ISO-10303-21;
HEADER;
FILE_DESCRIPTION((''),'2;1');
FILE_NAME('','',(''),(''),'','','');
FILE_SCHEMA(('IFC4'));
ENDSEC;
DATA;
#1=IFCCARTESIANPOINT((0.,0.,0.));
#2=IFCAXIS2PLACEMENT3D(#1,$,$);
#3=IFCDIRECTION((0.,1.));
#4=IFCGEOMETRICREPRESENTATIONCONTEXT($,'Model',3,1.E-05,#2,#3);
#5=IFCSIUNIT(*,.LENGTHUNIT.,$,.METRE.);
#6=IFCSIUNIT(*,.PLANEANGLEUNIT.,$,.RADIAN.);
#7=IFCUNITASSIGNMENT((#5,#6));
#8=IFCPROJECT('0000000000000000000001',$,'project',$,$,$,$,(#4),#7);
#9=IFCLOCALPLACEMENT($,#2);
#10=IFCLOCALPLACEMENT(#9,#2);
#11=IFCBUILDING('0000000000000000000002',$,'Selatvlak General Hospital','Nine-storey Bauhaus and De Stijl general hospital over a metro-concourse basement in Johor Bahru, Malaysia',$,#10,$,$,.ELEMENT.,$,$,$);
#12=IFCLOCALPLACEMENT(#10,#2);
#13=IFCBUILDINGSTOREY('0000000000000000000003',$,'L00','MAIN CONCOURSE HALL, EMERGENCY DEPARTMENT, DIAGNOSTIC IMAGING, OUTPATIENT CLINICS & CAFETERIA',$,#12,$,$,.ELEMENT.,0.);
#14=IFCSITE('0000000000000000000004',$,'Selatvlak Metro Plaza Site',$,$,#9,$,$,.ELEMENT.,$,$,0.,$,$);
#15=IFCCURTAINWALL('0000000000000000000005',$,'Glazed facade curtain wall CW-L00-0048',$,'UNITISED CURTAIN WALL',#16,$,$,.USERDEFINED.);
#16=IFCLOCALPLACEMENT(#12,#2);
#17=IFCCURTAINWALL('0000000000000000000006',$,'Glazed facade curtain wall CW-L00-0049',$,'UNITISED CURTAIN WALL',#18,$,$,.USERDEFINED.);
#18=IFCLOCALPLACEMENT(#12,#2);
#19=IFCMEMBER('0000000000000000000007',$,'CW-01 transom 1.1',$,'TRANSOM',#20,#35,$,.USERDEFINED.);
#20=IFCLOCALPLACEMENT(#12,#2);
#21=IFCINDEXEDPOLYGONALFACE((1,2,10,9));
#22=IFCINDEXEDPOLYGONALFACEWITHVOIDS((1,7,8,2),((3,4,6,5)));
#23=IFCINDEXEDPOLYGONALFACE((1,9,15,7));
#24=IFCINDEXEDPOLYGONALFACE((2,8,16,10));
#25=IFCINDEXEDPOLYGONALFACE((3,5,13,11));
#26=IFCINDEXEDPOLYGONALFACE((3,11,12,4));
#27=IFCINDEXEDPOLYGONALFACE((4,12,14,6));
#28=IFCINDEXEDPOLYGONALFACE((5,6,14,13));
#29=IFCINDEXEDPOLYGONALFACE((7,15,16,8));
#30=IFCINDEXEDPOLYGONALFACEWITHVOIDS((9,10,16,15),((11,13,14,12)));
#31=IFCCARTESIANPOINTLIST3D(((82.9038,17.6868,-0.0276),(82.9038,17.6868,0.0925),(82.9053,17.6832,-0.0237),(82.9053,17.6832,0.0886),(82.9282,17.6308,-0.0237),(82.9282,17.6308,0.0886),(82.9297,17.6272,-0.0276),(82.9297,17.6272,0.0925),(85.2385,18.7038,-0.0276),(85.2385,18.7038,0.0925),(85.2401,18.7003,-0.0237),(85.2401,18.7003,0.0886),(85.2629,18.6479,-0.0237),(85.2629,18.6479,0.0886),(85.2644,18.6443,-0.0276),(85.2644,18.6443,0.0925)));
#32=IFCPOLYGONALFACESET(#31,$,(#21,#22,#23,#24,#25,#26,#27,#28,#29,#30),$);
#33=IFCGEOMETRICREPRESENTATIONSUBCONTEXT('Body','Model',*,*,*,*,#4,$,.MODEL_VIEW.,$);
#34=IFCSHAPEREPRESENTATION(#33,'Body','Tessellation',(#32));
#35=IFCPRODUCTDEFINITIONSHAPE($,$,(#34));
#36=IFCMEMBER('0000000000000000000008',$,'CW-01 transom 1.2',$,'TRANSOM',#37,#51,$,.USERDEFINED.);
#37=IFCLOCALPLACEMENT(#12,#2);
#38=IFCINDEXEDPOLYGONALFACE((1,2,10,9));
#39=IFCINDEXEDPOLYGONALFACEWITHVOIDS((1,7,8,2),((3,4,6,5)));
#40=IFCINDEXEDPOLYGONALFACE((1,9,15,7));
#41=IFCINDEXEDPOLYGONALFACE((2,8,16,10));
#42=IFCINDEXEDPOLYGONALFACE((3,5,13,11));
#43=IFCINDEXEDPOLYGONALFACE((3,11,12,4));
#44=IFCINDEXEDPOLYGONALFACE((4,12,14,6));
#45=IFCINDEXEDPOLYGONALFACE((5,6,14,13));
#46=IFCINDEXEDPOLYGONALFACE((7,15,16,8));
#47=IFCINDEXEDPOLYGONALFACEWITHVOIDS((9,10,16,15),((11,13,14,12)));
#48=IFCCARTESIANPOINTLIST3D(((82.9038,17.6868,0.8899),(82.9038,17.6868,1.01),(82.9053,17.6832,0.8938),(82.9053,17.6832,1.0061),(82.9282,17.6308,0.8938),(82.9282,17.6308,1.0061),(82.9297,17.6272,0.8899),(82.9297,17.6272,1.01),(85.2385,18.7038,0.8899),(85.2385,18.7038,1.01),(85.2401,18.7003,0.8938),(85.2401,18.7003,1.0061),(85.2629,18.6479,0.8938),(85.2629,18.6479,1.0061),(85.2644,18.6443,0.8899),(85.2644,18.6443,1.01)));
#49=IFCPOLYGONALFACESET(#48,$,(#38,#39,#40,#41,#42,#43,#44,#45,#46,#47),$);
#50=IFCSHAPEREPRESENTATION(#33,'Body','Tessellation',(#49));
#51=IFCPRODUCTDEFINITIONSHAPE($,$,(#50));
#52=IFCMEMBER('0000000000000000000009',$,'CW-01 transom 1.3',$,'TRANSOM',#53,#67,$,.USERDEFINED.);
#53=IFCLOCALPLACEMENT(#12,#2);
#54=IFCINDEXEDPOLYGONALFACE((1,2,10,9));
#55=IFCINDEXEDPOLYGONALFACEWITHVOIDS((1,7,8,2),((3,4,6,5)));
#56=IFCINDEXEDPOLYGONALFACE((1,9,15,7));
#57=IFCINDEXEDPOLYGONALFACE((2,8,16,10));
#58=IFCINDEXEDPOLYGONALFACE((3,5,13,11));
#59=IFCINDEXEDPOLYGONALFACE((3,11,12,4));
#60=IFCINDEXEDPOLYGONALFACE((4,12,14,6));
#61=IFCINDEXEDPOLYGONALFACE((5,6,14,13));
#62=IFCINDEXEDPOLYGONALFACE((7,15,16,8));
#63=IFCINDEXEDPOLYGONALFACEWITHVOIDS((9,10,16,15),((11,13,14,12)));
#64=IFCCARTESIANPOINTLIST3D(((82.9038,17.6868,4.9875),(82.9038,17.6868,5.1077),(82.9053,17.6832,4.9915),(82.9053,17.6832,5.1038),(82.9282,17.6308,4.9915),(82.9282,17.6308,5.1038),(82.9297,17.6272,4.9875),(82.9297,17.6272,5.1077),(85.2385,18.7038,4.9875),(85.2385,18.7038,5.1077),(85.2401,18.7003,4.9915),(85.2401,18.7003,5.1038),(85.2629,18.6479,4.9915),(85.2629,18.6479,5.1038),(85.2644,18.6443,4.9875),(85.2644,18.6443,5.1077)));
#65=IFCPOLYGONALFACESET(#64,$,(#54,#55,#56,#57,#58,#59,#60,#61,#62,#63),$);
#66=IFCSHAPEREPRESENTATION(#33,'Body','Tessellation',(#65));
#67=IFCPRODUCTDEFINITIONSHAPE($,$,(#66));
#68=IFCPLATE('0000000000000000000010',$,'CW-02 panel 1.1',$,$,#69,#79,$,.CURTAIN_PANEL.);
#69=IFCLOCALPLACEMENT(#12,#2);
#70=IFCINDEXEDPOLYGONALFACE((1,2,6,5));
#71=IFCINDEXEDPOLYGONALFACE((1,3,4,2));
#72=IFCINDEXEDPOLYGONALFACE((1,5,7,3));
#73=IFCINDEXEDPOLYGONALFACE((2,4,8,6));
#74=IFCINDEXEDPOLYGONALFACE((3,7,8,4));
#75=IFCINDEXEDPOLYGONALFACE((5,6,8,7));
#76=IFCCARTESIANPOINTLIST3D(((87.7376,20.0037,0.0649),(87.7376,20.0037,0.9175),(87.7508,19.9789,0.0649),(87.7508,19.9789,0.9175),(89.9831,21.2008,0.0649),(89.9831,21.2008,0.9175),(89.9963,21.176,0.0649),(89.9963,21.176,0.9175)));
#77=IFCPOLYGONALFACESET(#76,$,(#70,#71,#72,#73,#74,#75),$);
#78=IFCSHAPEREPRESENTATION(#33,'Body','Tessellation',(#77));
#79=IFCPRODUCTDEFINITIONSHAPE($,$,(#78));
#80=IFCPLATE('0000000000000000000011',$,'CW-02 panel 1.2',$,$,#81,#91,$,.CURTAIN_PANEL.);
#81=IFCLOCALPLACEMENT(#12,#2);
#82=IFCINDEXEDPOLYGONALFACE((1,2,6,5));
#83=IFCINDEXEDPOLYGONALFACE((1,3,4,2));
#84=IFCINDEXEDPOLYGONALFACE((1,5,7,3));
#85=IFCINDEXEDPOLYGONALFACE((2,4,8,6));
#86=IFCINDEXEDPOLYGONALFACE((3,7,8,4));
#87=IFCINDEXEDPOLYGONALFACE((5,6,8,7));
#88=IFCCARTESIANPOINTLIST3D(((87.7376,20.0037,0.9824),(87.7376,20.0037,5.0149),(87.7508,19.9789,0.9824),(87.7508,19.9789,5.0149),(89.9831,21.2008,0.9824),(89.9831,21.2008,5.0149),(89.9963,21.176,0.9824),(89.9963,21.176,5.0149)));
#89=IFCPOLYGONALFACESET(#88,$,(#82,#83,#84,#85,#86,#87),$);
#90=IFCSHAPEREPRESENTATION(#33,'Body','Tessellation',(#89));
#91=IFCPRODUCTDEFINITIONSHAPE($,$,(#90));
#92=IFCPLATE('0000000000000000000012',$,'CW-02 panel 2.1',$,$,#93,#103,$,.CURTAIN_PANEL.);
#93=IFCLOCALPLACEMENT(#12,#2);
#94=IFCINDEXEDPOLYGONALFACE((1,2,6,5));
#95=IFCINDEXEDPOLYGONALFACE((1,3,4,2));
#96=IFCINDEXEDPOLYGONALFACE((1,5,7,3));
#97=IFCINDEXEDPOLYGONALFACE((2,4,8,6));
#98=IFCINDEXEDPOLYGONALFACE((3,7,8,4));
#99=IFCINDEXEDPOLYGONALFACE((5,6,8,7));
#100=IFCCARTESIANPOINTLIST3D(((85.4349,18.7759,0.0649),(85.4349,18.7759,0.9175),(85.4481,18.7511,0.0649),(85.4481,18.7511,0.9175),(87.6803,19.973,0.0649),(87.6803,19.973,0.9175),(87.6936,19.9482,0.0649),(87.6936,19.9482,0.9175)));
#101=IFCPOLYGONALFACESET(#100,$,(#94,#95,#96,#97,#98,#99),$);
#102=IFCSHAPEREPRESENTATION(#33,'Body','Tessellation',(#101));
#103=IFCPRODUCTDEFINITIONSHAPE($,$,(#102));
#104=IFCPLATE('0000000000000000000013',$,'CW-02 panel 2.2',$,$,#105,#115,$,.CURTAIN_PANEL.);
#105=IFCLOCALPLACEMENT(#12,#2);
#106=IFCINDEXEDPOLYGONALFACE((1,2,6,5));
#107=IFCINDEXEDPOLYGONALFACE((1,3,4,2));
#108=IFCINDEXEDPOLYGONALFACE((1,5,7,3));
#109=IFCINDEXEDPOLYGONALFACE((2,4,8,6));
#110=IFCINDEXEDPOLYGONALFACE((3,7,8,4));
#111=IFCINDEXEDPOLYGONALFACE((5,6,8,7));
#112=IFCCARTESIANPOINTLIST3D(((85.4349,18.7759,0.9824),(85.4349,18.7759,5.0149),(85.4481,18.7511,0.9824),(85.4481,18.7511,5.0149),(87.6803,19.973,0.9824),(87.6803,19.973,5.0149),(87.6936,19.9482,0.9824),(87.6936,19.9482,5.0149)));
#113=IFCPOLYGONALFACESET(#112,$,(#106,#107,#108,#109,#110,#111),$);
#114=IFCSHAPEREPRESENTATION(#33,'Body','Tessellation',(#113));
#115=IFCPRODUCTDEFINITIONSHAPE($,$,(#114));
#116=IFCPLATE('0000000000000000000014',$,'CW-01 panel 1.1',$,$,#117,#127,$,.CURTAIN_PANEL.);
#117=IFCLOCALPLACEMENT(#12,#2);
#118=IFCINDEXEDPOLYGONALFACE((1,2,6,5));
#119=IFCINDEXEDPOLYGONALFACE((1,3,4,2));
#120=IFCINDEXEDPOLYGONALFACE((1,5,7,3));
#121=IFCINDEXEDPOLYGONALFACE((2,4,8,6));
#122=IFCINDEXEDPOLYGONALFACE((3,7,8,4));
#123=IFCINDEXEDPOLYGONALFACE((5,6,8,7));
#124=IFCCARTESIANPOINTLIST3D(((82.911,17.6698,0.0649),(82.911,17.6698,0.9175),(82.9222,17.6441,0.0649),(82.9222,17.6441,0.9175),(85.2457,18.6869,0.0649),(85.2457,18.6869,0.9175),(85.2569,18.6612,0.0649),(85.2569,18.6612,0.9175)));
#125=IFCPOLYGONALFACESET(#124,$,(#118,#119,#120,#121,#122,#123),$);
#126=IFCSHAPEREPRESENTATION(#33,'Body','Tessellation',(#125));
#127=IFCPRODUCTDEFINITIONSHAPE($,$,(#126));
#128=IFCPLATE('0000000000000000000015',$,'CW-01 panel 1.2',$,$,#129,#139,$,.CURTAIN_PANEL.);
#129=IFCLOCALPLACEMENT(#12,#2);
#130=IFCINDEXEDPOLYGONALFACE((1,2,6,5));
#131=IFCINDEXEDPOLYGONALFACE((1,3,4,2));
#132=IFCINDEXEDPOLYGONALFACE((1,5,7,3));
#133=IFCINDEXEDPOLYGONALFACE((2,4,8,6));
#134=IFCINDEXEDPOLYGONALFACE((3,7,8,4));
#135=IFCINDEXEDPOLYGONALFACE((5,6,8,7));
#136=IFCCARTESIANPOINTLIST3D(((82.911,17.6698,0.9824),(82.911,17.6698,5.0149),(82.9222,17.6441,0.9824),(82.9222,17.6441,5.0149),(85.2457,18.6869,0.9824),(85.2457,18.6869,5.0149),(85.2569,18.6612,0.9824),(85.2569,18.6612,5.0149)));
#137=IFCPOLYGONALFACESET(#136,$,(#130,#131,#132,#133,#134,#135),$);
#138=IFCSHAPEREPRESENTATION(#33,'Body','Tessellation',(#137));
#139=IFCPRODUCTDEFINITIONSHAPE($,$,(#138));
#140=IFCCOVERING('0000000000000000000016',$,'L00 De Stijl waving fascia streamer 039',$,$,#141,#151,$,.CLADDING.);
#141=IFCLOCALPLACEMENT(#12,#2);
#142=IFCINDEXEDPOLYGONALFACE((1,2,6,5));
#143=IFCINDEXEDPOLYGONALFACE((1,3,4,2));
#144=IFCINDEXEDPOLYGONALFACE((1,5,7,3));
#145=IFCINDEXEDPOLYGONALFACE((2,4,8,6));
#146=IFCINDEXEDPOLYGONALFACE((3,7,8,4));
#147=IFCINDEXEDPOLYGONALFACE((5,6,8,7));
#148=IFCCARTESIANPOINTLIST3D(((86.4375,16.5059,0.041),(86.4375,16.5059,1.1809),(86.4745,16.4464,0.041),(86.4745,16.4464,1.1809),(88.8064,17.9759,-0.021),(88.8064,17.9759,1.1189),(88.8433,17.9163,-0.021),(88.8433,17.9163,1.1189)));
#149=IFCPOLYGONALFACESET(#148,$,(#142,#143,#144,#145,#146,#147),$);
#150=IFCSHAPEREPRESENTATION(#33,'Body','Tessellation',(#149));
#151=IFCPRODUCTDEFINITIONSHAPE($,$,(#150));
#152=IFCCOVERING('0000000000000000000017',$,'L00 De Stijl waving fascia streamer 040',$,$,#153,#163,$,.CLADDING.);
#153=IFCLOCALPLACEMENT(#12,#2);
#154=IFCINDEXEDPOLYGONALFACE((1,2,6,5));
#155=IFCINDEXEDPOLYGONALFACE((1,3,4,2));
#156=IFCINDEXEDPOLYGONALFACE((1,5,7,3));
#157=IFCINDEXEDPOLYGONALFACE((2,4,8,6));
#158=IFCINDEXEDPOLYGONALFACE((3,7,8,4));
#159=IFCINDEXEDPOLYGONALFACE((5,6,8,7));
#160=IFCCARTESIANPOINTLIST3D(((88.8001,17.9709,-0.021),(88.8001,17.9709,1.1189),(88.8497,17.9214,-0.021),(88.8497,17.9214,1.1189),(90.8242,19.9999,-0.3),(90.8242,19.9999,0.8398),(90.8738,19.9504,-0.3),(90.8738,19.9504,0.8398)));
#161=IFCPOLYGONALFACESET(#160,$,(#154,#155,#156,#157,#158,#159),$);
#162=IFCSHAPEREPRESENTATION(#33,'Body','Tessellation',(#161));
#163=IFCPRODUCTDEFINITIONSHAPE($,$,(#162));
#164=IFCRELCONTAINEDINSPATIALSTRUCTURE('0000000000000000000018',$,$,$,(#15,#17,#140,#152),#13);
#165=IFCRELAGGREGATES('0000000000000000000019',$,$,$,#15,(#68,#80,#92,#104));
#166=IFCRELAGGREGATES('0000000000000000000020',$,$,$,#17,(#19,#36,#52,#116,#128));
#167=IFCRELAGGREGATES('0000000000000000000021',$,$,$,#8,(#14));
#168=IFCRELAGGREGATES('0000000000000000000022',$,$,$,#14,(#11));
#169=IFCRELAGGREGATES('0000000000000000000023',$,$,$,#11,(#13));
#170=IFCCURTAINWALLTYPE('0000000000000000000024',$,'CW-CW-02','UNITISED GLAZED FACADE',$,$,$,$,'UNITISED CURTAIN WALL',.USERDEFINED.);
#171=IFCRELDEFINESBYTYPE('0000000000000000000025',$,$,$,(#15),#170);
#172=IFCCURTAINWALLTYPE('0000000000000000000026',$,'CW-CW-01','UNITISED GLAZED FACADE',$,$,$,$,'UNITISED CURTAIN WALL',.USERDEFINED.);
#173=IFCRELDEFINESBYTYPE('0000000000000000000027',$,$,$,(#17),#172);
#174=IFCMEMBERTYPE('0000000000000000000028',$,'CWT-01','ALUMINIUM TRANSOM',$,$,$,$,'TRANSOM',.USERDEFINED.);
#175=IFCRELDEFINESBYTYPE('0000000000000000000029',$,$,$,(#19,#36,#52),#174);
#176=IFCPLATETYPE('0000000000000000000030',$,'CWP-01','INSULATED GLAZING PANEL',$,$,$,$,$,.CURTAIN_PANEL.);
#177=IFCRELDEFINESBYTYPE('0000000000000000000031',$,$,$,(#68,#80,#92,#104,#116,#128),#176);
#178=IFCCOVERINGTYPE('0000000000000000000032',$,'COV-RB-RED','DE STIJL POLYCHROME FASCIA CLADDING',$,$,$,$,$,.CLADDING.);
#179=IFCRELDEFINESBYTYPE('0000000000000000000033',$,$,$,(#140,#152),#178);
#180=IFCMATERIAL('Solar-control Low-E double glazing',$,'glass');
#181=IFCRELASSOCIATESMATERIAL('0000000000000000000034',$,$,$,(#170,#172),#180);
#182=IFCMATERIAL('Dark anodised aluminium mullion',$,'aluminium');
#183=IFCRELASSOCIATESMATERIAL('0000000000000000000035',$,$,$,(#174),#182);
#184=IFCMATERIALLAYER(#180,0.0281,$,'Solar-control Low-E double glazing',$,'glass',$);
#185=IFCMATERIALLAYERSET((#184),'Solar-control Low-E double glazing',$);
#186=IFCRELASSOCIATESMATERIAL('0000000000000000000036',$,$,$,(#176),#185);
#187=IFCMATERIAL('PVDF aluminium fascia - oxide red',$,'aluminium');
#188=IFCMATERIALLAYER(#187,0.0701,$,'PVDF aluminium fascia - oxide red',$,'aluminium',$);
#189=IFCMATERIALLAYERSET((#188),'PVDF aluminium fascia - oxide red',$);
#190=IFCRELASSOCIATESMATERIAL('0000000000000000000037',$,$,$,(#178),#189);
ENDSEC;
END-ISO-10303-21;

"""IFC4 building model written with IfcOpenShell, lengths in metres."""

from ifc_helpers import new_model, si_unit, direction, frame, origin, origin_2d, place, context, subcontext, project, spatial, polyline, rectangle, hollow_rectangle, outline, extrude, material, layer, layer_set, material_profile, profile_set, type_object, element, aggregate, save


model = new_model("IFC4")

# Units and contexts
model_context = context("Model", 3, precision=1e-05, world=origin(), true_north=direction((0.0, 1.0)))
body_context = subcontext(model_context, "Body", "Model", "MODEL_VIEW")
ifc_project = project(units=[si_unit("LENGTHUNIT", "METRE"), si_unit("PLANEANGLEUNIT", "RADIAN")], contexts=[model_context])

# Site, building, storey
site_placement = place(None, origin())
site = spatial("IfcSite", under=ifc_project, at=site_placement, Name="Selatvlak Metro Plaza Site", CompositionType="ELEMENT", RefElevation=0.0)
building_placement = place(site_placement, origin())
building = spatial("IfcBuilding", under=site, at=building_placement, Name="Selatvlak General Hospital", Description="Nine-storey Bauhaus and De Stijl general hospital over a metro-concourse basement in Johor Bahru, Malaysia", CompositionType="ELEMENT")
storey_placement = place(building_placement, origin())
storey = spatial("IfcBuildingStorey", under=building, at=storey_placement, Name="L00", Description="MAIN CONCOURSE HALL, EMERGENCY DEPARTMENT, DIAGNOSTIC IMAGING, OUTPATIENT CLINICS & CAFETERIA", CompositionType="ELEMENT", Elevation=0.0)

# Curtain wall
ifc_material_1 = material(Name="Solar-control Low-E double glazing", Category="glass")
curtain_wall_type_1 = type_object("IfcCurtainWallType", Name="CW-CW-02", Description="UNITISED GLAZED FACADE", ElementType="UNITISED CURTAIN WALL", PredefinedType="USERDEFINED", material=ifc_material_1)
curtain_wall_1_placement = place(storey_placement, origin())
curtain_wall_1 = element("IfcCurtainWall", 1, at=curtain_wall_1_placement, inside=storey, type_object=curtain_wall_type_1, Name="Glazed facade curtain wall CW-L00-0048", ObjectType="UNITISED CURTAIN WALL", PredefinedType="USERDEFINED")
ifc_material_2 = material(Name="Dark anodised aluminium mullion", Category="aluminium")

# Curtain wall
curtain_wall_type_2 = type_object("IfcCurtainWallType", Name="CW-CW-01", Description="UNITISED GLAZED FACADE", ElementType="UNITISED CURTAIN WALL", PredefinedType="USERDEFINED", material=ifc_material_1)
curtain_wall_2_placement = place(storey_placement, origin())
curtain_wall_2 = element("IfcCurtainWall", 2, at=curtain_wall_2_placement, inside=storey, type_object=curtain_wall_type_2, Name="Glazed facade curtain wall CW-L00-0049", ObjectType="UNITISED CURTAIN WALL", PredefinedType="USERDEFINED")

# Members
ifc_material_profile_1 = material_profile(ifc_material_2, hollow_rectangle(XDim=0.0649, YDim=0.1201, WallThickness=0.0039, at=origin_2d()), Name="AL-TRN 65x120x4")
ifc_profile_set_1 = profile_set([ifc_material_profile_1], Name="Dark anodised aluminium mullion")
member_type_1 = type_object("IfcMemberType", Name="CWT-01", Description="ALUMINIUM TRANSOM", ElementType="TRANSOM", PredefinedType="USERDEFINED", material=ifc_profile_set_1)
member_1_placement = place(storey_placement, frame((85.2515, 18.6741, 0.0325), z_axis=(-0.916783, -0.399385, 0.0), x_axis=(0.399385, -0.916783, 0.0)))
member_1 = element("IfcMember", 3, at=member_1_placement, type_object=member_type_1, Name="CW-01 transom 1.1", ObjectType="TRANSOM", PredefinedType="USERDEFINED", context=body_context, shape_type="SweptSolid", body=[
    extrude(hollow_rectangle(XDim=0.0649, YDim=0.1201, WallThickness=0.0039, at=origin_2d()), origin(), (0.0, 0.0, 1.0), 2.5466),
])
member_2_placement = place(storey_placement, frame((85.2515, 18.6741, 0.95), z_axis=(-0.916783, -0.399385, 0.0), x_axis=(0.399385, -0.916783, 0.0)))
member_2 = element("IfcMember", 4, at=member_2_placement, type_object=member_type_1, Name="CW-01 transom 1.2", ObjectType="TRANSOM", PredefinedType="USERDEFINED", context=body_context, shape_type="SweptSolid", body=[
    extrude(hollow_rectangle(XDim=0.0649, YDim=0.1201, WallThickness=0.0039, at=origin_2d()), origin(), (0.0, 0.0, 1.0), 2.5466),
])
member_3_placement = place(storey_placement, frame((85.2515, 18.6741, 5.0476), z_axis=(-0.916783, -0.399385, 0.0), x_axis=(0.399385, -0.916783, 0.0)))
member_3 = element("IfcMember", 5, at=member_3_placement, type_object=member_type_1, Name="CW-01 transom 1.3", ObjectType="TRANSOM", PredefinedType="USERDEFINED", context=body_context, shape_type="SweptSolid", body=[
    extrude(hollow_rectangle(XDim=0.0649, YDim=0.1201, WallThickness=0.0039, at=origin_2d()), origin(), (0.0, 0.0, 1.0), 2.5466),
])

# Plates
ifc_layer_1 = layer(ifc_material_1, 0.0281, Name="Solar-control Low-E double glazing", Category="glass")
ifc_layer_set_1 = layer_set([ifc_layer_1], Name="Solar-control Low-E double glazing")
plate_type = type_object("IfcPlateType", Name="CWP-01", Description="INSULATED GLAZING PANEL", PredefinedType="CURTAIN_PANEL", material=ifc_layer_set_1)
plate_1_placement = place(storey_placement, frame((88.8669, 20.5898, 0.0649), z_axis=(0.0, 0.0, 1.0), x_axis=(-0.882426, -0.470451, 0.0)))
plate_1 = element("IfcPlate", 6, at=plate_1_placement, type_object=plate_type, Name="CW-02 panel 1.1", PredefinedType="CURTAIN_PANEL", context=body_context, shape_type="SweptSolid", body=[
    extrude(rectangle(XDim=2.5447, YDim=0.0281, at=origin_2d()), origin(), (0.0, 0.0, 1.0), 0.8525),
])
plate_2_placement = place(storey_placement, frame((88.8669, 20.5898, 0.9824), z_axis=(0.0, 0.0, 1.0), x_axis=(-0.882426, -0.470451, 0.0)))
plate_2 = element("IfcPlate", 7, at=plate_2_placement, type_object=plate_type, Name="CW-02 panel 1.2", PredefinedType="CURTAIN_PANEL", context=body_context, shape_type="SweptSolid", body=[
    extrude(rectangle(XDim=2.5447, YDim=0.0281, at=origin_2d()), origin(), (0.0, 0.0, 1.0), 4.0325),
])
plate_3_placement = place(storey_placement, frame((86.5642, 19.3621, 0.0649), z_axis=(0.0, 0.0, 1.0), x_axis=(-0.882426, -0.470451, 0.0)))
plate_3 = element("IfcPlate", 8, at=plate_3_placement, type_object=plate_type, Name="CW-02 panel 2.1", PredefinedType="CURTAIN_PANEL", context=body_context, shape_type="SweptSolid", body=[
    extrude(rectangle(XDim=2.5447, YDim=0.0281, at=origin_2d()), origin(), (0.0, 0.0, 1.0), 0.8525),
])
plate_4_placement = place(storey_placement, frame((86.5642, 19.3621, 0.9824), z_axis=(0.0, 0.0, 1.0), x_axis=(-0.882426, -0.470451, 0.0)))
plate_4 = element("IfcPlate", 9, at=plate_4_placement, type_object=plate_type, Name="CW-02 panel 2.2", PredefinedType="CURTAIN_PANEL", context=body_context, shape_type="SweptSolid", body=[
    extrude(rectangle(XDim=2.5447, YDim=0.0281, at=origin_2d()), origin(), (0.0, 0.0, 1.0), 4.0325),
])
aggregate(curtain_wall_1, [plate_1, plate_2, plate_3, plate_4])
plate_5_placement = place(storey_placement, frame((84.084, 18.1655, 0.0649), z_axis=(0.0, 0.0, 1.0), x_axis=(-0.916781, -0.39939, 0.0)))
plate_5 = element("IfcPlate", 10, at=plate_5_placement, type_object=plate_type, Name="CW-01 panel 1.1", PredefinedType="CURTAIN_PANEL", context=body_context, shape_type="SweptSolid", body=[
    extrude(rectangle(XDim=2.5466, YDim=0.0281, at=origin_2d()), origin(), (0.0, 0.0, 1.0), 0.8525),
])
plate_6_placement = place(storey_placement, frame((84.084, 18.1655, 0.9824), z_axis=(0.0, 0.0, 1.0), x_axis=(-0.916781, -0.39939, 0.0)))
plate_6 = element("IfcPlate", 11, at=plate_6_placement, type_object=plate_type, Name="CW-01 panel 1.2", PredefinedType="CURTAIN_PANEL", context=body_context, shape_type="SweptSolid", body=[
    extrude(rectangle(XDim=2.5466, YDim=0.0281, at=origin_2d()), origin(), (0.0, 0.0, 1.0), 4.0325),
])
aggregate(curtain_wall_2, [member_1, member_2, member_3, plate_5, plate_6])

# Coverings
ifc_material_3 = material(Name="PVDF aluminium fascia - oxide red", Category="aluminium")
ifc_layer_2 = layer(ifc_material_3, 0.0701, Name="PVDF aluminium fascia - oxide red", Category="aluminium")
ifc_layer_set_2 = layer_set([ifc_layer_2], Name="PVDF aluminium fascia - oxide red")
covering_type = type_object("IfcCoveringType", Name="COV-RB-RED", Description="DE STIJL POLYCHROME FASCIA CLADDING", PredefinedType="CLADDING", material=ifc_layer_set_2)
covering_1_placement = place(storey_placement, frame((86.4561, 16.4761, 0.041), z_axis=(0.0, 0.0, 1.0), x_axis=(0.849701, 0.527265, 0.0)))
element("IfcCovering", 12, at=covering_1_placement, inside=storey, type_object=covering_type, Name="L00 De Stijl waving fascia streamer 039", PredefinedType="CLADDING", context=body_context, shape_type="SweptSolid", body=[
    extrude(outline(polyline([(0.0, 0.0), (2.7878, -0.062), (2.7878, 1.0779), (0.0, 1.1399), (0.0, 0.0)])), frame((0.0, 0.0352, 0.0), z_axis=(0.0, -1.0, 0.0), x_axis=(1.0, 0.0, 0.0)), (0.0, 0.0, 1.0), 0.0701),
])
covering_2_placement = place(storey_placement, frame((88.825, 17.946, -0.021), z_axis=(0.0, 0.0, 1.0), x_axis=(0.706254, 0.707958, 0.0)))
element("IfcCovering", 13, at=covering_2_placement, inside=storey, type_object=covering_type, Name="L00 De Stijl waving fascia streamer 040", PredefinedType="CLADDING", context=body_context, shape_type="SweptSolid", body=[
    extrude(outline(polyline([(0.0, 0.0), (2.866, -0.2791), (2.866, 0.8608), (0.0, 1.1399), (0.0, 0.0)])), frame((0.0, 0.0352, 0.0), z_axis=(0.0, -1.0, 0.0), x_axis=(1.0, 0.0, 0.0)), (0.0, 0.0, 1.0), 0.0701),
])

save(model, "model.ifc")
